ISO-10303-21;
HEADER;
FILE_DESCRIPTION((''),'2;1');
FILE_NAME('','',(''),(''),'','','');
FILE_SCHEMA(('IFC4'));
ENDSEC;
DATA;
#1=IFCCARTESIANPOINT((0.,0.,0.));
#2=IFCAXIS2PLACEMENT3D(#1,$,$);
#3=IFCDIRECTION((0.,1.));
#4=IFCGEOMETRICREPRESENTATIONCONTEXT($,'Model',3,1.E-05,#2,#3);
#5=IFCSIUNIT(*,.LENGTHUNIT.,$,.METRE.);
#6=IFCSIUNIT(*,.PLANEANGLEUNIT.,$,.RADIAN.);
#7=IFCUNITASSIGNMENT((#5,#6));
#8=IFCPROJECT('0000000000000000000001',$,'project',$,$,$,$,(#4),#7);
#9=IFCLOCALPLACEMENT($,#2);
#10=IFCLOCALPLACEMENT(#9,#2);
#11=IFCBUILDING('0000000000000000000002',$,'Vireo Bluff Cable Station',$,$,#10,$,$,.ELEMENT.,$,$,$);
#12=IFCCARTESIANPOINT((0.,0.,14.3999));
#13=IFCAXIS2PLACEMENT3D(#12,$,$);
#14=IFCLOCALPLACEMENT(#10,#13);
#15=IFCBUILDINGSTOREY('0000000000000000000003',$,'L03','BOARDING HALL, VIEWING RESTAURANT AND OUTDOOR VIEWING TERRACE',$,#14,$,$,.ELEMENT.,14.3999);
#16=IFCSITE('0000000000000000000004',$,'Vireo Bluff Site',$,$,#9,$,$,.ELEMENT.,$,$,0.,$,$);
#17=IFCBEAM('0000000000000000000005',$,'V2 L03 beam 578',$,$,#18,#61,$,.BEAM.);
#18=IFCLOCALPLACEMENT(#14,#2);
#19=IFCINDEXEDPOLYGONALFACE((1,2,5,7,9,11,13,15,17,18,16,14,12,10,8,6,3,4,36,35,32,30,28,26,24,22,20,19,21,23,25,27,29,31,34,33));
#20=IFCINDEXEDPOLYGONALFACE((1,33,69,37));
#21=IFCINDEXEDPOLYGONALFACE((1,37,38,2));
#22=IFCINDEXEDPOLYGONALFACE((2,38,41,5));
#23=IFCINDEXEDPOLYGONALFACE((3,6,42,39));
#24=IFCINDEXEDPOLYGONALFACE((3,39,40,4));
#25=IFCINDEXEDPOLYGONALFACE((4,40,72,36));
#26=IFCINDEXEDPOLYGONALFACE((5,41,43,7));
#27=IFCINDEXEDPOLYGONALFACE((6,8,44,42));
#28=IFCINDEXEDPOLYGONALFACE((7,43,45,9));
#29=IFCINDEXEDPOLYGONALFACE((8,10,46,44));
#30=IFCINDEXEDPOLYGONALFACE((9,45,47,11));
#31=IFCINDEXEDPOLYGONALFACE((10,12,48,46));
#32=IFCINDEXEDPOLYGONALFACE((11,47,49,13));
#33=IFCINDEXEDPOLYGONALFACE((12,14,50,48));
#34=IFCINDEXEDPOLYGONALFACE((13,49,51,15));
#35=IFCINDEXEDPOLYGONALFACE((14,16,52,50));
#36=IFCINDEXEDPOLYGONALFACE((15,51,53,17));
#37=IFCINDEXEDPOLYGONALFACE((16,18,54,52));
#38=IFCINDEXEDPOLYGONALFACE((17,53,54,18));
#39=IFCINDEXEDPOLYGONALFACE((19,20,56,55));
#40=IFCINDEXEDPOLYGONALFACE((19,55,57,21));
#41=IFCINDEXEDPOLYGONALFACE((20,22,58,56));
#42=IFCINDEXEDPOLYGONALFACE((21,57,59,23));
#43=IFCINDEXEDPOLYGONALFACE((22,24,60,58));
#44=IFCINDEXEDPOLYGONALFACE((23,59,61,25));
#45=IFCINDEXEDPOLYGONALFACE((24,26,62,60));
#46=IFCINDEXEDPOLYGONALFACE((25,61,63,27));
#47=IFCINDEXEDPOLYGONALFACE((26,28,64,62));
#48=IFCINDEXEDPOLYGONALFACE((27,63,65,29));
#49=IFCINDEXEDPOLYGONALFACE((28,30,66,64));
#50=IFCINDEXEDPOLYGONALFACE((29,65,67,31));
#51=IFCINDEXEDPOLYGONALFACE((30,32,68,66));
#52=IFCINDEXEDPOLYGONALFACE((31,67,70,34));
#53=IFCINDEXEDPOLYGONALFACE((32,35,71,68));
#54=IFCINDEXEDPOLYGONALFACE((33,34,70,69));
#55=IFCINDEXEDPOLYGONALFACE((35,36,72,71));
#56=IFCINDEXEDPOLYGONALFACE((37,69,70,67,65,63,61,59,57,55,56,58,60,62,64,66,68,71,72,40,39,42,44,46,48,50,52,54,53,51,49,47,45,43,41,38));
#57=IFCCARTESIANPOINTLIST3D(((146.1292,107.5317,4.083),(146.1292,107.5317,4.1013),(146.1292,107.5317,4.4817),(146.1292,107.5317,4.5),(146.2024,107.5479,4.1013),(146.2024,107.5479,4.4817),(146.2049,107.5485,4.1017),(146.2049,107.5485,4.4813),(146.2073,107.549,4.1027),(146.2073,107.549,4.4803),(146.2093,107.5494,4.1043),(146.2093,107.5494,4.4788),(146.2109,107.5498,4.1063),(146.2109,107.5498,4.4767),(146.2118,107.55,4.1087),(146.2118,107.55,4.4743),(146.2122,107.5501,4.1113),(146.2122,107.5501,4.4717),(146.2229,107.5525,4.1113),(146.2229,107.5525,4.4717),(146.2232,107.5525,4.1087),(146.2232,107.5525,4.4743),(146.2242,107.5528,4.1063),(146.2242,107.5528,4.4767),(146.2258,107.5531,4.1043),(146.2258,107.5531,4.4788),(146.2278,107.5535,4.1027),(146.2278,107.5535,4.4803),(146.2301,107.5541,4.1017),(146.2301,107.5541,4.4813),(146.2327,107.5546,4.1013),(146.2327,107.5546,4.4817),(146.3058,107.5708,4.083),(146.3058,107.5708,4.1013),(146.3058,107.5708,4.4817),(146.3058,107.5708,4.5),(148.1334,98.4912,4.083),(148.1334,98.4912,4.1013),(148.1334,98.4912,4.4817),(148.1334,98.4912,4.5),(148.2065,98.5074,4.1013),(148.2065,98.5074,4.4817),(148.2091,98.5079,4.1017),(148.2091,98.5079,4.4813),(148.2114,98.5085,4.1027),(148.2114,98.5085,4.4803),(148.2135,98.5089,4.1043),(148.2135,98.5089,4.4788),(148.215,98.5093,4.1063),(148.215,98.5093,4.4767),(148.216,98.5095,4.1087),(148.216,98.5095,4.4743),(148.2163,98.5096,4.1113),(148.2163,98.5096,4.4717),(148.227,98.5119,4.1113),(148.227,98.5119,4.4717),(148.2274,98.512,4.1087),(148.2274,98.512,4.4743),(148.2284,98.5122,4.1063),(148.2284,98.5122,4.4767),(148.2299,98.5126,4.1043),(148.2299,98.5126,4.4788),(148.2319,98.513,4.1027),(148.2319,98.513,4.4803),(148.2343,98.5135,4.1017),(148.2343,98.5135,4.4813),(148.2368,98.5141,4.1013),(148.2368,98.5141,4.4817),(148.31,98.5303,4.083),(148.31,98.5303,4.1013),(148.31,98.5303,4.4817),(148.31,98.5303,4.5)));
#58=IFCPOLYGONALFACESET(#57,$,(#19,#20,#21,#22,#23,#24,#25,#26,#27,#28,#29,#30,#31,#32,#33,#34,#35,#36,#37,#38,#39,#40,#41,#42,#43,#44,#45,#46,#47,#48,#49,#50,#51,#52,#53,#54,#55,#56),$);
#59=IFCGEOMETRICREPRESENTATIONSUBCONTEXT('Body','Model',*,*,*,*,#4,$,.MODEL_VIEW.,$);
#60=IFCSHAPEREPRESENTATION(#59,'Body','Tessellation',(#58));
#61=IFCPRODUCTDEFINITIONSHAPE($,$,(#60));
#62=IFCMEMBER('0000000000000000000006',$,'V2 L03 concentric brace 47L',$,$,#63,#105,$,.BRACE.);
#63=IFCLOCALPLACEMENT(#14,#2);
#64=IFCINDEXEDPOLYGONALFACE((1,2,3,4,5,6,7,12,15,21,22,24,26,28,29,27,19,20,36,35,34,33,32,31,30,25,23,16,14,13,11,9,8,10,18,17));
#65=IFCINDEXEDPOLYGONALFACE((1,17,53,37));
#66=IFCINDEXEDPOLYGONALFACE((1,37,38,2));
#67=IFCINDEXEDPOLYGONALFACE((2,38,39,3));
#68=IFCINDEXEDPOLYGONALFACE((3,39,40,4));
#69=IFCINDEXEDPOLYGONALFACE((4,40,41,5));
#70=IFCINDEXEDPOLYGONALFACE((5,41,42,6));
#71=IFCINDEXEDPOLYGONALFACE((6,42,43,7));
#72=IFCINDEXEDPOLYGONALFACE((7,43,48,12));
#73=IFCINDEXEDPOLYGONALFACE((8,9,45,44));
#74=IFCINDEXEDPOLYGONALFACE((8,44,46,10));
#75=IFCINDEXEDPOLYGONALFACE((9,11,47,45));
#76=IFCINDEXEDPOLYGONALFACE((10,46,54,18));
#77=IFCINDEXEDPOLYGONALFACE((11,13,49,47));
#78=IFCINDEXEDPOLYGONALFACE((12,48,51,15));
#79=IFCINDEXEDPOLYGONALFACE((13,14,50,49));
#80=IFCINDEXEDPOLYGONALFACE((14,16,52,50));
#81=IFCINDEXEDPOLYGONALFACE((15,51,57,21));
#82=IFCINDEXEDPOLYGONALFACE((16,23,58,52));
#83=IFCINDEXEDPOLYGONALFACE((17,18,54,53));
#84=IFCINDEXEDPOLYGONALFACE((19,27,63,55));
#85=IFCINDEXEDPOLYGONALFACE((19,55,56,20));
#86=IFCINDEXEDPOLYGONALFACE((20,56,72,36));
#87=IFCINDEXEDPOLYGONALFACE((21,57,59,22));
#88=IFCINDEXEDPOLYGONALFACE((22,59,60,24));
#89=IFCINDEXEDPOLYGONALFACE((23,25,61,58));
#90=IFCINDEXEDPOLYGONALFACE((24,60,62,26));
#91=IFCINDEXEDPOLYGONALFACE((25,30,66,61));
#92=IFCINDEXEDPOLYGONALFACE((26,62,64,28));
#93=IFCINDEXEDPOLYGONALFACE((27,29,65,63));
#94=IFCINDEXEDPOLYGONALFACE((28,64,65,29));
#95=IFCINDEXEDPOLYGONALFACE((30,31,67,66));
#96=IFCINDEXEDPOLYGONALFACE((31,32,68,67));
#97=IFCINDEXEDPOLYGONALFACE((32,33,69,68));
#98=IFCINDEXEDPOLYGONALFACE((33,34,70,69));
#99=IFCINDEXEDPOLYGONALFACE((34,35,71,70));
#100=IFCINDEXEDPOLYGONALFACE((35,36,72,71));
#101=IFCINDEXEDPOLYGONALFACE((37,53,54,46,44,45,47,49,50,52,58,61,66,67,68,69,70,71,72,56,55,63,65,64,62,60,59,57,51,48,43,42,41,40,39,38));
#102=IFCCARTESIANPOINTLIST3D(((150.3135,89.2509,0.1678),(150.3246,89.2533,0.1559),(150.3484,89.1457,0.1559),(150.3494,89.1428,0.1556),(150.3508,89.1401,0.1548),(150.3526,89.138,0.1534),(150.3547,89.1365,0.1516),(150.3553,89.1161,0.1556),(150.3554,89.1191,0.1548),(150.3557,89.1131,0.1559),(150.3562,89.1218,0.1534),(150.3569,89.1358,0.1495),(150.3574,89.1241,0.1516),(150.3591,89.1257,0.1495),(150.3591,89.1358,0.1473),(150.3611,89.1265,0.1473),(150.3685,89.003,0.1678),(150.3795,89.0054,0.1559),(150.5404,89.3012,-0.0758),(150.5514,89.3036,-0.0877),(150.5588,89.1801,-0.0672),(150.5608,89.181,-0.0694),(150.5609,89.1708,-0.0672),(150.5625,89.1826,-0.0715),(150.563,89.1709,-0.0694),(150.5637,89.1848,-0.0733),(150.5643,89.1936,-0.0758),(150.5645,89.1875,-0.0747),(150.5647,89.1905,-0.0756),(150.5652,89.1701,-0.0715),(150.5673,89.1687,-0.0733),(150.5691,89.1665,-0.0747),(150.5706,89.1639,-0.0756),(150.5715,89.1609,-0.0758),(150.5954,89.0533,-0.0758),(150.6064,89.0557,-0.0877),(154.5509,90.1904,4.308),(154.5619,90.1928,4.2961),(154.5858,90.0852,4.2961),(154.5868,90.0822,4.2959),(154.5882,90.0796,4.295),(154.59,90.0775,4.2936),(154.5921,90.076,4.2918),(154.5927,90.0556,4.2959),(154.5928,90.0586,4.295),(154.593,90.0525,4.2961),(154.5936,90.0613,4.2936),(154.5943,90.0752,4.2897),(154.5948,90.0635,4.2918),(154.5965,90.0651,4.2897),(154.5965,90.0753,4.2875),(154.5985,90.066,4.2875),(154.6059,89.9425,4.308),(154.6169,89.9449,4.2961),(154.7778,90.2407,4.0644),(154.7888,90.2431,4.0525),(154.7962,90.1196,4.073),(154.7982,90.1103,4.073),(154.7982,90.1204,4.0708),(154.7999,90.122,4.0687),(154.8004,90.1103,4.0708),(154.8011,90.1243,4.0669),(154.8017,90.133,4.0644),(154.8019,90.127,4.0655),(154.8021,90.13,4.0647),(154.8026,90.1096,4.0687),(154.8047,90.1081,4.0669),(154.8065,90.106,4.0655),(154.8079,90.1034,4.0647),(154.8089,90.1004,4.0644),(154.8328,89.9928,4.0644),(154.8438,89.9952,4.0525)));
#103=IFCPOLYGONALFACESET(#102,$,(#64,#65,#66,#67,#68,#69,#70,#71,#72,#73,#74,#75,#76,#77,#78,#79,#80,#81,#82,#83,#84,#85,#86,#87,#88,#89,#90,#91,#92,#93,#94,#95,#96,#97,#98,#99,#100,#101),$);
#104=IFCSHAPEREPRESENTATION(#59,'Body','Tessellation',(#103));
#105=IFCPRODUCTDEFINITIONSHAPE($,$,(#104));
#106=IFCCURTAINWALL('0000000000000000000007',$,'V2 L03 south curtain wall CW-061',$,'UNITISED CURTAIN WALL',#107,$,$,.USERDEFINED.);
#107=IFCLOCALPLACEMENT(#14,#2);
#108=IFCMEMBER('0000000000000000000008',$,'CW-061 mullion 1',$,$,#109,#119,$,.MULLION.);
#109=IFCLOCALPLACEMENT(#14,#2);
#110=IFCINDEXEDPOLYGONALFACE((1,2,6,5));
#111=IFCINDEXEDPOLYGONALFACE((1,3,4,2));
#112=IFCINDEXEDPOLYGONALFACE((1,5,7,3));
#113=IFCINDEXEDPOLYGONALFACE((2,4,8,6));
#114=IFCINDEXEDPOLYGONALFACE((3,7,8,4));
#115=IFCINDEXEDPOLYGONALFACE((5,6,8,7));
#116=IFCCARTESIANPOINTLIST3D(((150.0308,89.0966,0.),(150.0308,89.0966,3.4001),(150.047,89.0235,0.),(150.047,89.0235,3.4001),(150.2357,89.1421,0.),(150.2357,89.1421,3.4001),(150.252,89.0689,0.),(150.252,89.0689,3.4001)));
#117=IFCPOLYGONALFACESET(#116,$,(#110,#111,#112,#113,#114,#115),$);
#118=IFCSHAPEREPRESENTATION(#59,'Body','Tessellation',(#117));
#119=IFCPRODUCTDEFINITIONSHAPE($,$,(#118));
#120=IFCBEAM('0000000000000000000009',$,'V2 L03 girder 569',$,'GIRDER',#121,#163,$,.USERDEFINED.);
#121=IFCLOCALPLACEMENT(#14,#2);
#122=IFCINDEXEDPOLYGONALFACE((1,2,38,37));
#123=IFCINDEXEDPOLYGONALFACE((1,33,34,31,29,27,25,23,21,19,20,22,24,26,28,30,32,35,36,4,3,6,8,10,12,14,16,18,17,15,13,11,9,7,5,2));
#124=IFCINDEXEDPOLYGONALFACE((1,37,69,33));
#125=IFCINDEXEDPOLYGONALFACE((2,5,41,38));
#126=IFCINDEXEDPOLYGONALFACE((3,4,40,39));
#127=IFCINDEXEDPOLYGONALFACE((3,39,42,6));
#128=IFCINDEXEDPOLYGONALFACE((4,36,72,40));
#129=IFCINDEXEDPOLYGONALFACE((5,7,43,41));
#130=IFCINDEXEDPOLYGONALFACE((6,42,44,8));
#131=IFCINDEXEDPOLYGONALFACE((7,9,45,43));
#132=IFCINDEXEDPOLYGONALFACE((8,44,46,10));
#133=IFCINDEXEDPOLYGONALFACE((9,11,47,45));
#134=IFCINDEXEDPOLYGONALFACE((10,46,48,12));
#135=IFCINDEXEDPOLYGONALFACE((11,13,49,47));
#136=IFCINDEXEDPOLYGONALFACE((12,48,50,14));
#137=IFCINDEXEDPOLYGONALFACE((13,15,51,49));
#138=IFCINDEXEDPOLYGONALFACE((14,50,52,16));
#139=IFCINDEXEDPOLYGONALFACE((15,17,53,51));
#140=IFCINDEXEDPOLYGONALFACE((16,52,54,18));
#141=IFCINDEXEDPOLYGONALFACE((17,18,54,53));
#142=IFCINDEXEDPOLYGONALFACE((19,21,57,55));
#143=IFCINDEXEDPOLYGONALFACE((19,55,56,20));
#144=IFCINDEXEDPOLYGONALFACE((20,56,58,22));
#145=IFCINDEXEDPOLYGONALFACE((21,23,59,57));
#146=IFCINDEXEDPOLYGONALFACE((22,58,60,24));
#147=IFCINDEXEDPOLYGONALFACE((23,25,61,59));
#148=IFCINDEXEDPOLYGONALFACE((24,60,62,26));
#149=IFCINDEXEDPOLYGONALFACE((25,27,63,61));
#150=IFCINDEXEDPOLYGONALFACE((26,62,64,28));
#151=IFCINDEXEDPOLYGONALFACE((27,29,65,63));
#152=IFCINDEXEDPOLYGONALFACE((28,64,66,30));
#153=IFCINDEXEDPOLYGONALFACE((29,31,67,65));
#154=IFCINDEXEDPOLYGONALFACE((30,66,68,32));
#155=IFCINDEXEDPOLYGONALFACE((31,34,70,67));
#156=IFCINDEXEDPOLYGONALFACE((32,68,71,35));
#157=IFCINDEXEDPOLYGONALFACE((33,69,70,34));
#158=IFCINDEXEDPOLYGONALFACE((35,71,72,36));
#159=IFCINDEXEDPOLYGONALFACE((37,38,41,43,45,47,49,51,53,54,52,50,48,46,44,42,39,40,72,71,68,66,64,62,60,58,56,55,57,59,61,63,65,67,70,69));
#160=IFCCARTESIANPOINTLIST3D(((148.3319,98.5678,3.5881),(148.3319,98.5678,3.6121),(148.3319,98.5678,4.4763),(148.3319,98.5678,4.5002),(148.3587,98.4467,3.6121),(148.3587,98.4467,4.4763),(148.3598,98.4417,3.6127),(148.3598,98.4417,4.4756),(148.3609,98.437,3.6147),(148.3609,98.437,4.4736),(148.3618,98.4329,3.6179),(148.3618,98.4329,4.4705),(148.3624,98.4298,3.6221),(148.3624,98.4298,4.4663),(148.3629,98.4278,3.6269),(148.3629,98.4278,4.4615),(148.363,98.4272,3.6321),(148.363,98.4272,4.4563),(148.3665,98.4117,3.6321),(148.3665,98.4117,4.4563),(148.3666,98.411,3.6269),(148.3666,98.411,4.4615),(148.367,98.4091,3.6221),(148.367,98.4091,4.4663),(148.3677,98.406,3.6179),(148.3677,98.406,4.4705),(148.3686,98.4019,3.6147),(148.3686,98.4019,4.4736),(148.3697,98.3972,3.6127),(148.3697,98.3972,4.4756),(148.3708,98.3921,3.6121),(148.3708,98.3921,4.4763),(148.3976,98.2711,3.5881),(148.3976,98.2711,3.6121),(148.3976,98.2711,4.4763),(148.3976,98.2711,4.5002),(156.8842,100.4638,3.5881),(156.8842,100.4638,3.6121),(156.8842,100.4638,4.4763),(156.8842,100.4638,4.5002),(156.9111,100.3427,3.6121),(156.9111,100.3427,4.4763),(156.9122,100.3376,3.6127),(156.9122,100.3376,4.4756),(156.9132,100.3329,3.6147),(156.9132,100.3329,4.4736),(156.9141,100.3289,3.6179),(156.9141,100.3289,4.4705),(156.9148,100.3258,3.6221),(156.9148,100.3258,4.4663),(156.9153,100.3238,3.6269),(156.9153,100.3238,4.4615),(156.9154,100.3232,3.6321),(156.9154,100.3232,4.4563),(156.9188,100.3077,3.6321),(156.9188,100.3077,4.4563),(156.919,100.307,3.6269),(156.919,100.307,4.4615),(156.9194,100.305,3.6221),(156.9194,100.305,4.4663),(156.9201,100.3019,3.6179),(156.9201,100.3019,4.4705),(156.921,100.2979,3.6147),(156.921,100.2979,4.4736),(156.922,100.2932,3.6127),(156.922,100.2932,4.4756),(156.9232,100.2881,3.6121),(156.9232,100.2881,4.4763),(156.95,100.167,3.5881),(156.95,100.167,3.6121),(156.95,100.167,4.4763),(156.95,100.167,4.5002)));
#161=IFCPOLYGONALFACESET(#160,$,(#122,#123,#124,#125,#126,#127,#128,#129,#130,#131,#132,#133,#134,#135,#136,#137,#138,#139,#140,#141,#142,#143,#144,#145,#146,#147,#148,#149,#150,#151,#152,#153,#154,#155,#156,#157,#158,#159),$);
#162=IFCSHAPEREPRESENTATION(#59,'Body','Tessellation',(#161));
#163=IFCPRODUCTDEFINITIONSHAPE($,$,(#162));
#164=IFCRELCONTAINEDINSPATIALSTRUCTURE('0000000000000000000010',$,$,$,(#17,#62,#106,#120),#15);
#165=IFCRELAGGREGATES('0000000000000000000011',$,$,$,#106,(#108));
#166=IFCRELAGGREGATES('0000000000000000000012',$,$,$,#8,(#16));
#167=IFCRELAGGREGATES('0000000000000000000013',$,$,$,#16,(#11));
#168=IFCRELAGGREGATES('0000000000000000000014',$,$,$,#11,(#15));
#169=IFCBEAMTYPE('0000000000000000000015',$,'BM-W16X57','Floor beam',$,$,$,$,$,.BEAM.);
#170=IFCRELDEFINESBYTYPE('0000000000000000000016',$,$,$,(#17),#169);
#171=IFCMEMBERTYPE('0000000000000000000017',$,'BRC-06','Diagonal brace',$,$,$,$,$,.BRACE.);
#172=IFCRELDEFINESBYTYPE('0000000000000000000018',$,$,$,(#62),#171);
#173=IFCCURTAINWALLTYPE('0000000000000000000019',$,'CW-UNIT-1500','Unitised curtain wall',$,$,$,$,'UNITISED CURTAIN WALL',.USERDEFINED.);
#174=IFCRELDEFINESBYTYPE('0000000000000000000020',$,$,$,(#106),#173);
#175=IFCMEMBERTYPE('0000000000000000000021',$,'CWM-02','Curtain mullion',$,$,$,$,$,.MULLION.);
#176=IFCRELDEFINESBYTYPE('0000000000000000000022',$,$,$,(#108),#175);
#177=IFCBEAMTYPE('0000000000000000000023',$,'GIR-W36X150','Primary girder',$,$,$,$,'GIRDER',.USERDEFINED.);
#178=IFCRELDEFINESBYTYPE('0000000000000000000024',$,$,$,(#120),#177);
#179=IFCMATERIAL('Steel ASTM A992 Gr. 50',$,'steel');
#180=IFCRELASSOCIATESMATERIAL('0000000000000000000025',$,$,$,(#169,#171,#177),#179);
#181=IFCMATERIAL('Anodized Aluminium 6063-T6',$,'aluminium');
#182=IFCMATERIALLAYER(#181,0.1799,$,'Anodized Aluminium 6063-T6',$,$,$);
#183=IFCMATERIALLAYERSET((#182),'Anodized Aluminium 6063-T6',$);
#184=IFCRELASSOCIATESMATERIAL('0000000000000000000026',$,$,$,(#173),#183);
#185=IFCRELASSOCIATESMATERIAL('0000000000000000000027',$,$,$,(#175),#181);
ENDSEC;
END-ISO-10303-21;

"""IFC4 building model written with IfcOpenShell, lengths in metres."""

from ifc_helpers import new_model, si_unit, direction, frame, origin, origin_2d, place, context, subcontext, project, spatial, rectangle, i_section, extrude, material, layer, layer_set, material_profile, profile_set, type_object, element, aggregate, save


model = new_model("IFC4")

# Units and contexts
model_context = context("Model", 3, precision=1e-05, world=origin(), true_north=direction((0.0, 1.0)))
body_context = subcontext(model_context, "Body", "Model", "MODEL_VIEW")
ifc_project = project(units=[si_unit("LENGTHUNIT", "METRE"), si_unit("PLANEANGLEUNIT", "RADIAN")], contexts=[model_context])

# Site, building, storey
site_placement = place(None, origin())
site = spatial("IfcSite", under=ifc_project, at=site_placement, Name="Vireo Bluff Site", CompositionType="ELEMENT", RefElevation=0.0)
building_placement = place(site_placement, origin())
building = spatial("IfcBuilding", under=site, at=building_placement, Name="Vireo Bluff Cable Station", CompositionType="ELEMENT")
storey_placement = place(building_placement, frame((0.0, 0.0, 14.3999)))
storey = spatial("IfcBuildingStorey", under=building, at=storey_placement, Name="L03", Description="BOARDING HALL, VIEWING RESTAURANT AND OUTDOOR VIEWING TERRACE", CompositionType="ELEMENT", Elevation=14.3999)

# Shared definitions
ifc_material_1 = material(Name="Steel ASTM A992 Gr. 50", Category="steel")

# Beam
ifc_material_profile_1 = material_profile(ifc_material_1, i_section(OverallWidth=0.1809, OverallDepth=0.417, WebThickness=0.011, FlangeThickness=0.0183, FilletRadius=0.01, at=origin_2d()), Name="W16X57")
ifc_profile_set_1 = profile_set([ifc_material_profile_1], Name="Steel ASTM A992 Gr. 50")
beam_type_1 = type_object("IfcBeamType", Name="BM-W16X57", Description="Floor beam", PredefinedType="BEAM", material=ifc_profile_set_1)
beam_1_placement = place(storey_placement, frame((148.2217, 98.5107, 4.2915), z_axis=(-0.216431, 0.976298, 0.0), x_axis=(-0.976298, -0.216431, 0.0)))
element("IfcBeam", 1, at=beam_1_placement, inside=storey, type_object=beam_type_1, Name="V2 L03 beam 578", PredefinedType="BEAM", context=body_context, shape_type="SweptSolid", body=[
    extrude(i_section(OverallWidth=0.1809, OverallDepth=0.417, WebThickness=0.011, FlangeThickness=0.0183, FilletRadius=0.01, at=origin_2d()), origin(), (0.0, 0.0, 1.0), 9.26),
])

# Member
ifc_material_profile_2 = material_profile(ifc_material_1, i_section(OverallWidth=0.2539, OverallDepth=0.353, WebThickness=0.0095, FlangeThickness=0.0164, FilletRadius=0.012, at=origin_2d()), Name="W14X61")
ifc_profile_set_2 = profile_set([ifc_material_profile_2], Name="Steel ASTM A992 Gr. 50")
member_type_1 = type_object("IfcMemberType", Name="BRC-06", Description="Diagonal brace", PredefinedType="BRACE", material=ifc_profile_set_2)
member_1_placement = place(storey_placement, frame((150.46, 89.1533, 0.04), z_axis=(0.706433, 0.156623, 0.690233), x_axis=(-0.216454, 0.976293, 0.0)))
element("IfcMember", 2, at=member_1_placement, inside=storey, type_object=member_type_1, Name="V2 L03 concentric brace 47L", PredefinedType="BRACE", context=body_context, shape_type="SweptSolid", body=[
    extrude(i_section(OverallWidth=0.2539, OverallDepth=0.353, WebThickness=0.0095, FlangeThickness=0.0164, FilletRadius=0.012, at=origin_2d()), origin(), (0.0, 0.0, 1.0), 5.9983),
])

# Curtain wall, member
ifc_material_2 = material(Name="Anodized Aluminium 6063-T6", Category="aluminium")
ifc_layer_1 = layer(ifc_material_2, 0.1799, Name="Anodized Aluminium 6063-T6")
ifc_layer_set_1 = layer_set([ifc_layer_1], Name="Anodized Aluminium 6063-T6")
curtain_wall_type = type_object("IfcCurtainWallType", Name="CW-UNIT-1500", Description="Unitised curtain wall", ElementType="UNITISED CURTAIN WALL", PredefinedType="USERDEFINED", material=ifc_layer_set_1)
curtain_wall_placement = place(storey_placement, origin())
curtain_wall = element("IfcCurtainWall", 3, at=curtain_wall_placement, inside=storey, type_object=curtain_wall_type, Name="V2 L03 south curtain wall CW-061", ObjectType="UNITISED CURTAIN WALL", PredefinedType="USERDEFINED")
ifc_material_profile_3 = material_profile(ifc_material_2, rectangle(XDim=0.075, YDim=0.21, at=origin_2d()), Name="ALU-M-75X210")
ifc_profile_set_3 = profile_set([ifc_material_profile_3], Name="Anodized Aluminium 6063-T6")
member_type_2 = type_object("IfcMemberType", Name="CWM-02", Description="Curtain mullion", PredefinedType="MULLION", material=ifc_profile_set_3)
member_2_placement = place(storey_placement, frame((150.1414, 89.0828, 0.0), z_axis=(0.0, 0.0, 1.0), x_axis=(0.21644, -0.976296, 0.0)))
member_2 = element("IfcMember", 4, at=member_2_placement, type_object=member_type_2, Name="CW-061 mullion 1", PredefinedType="MULLION", context=body_context, shape_type="SweptSolid", body=[
    extrude(rectangle(XDim=0.075, YDim=0.21, at=origin_2d()), origin(), (0.0, 0.0, 1.0), 3.4001),
])
aggregate(curtain_wall, [member_2])

# Beam
ifc_material_profile_4 = material_profile(ifc_material_1, i_section(OverallWidth=0.304, OverallDepth=0.9121, WebThickness=0.0159, FlangeThickness=0.0239, FilletRadius=0.02, at=origin_2d()), Name="W36X150")
ifc_profile_set_4 = profile_set([ifc_material_profile_4], Name="Steel ASTM A992 Gr. 50")
beam_type_2 = type_object("IfcBeamType", Name="GIR-W36X150", Description="Primary girder", ElementType="GIRDER", PredefinedType="USERDEFINED", material=ifc_profile_set_4)
beam_2_placement = place(storey_placement, frame((148.3647, 98.4194, 4.0442), z_axis=(0.976297, 0.216435, 0.0), x_axis=(-0.216435, 0.976297, 0.0)))
element("IfcBeam", 5, at=beam_2_placement, inside=storey, type_object=beam_type_2, Name="V2 L03 girder 569", ObjectType="GIRDER", PredefinedType="USERDEFINED", context=body_context, shape_type="SweptSolid", body=[
    extrude(i_section(OverallWidth=0.304, OverallDepth=0.9121, WebThickness=0.0159, FlangeThickness=0.0239, FilletRadius=0.02, at=origin_2d()), origin(), (0.0, 0.0, 1.0), 8.76),
])

save(model, "model.ifc")
